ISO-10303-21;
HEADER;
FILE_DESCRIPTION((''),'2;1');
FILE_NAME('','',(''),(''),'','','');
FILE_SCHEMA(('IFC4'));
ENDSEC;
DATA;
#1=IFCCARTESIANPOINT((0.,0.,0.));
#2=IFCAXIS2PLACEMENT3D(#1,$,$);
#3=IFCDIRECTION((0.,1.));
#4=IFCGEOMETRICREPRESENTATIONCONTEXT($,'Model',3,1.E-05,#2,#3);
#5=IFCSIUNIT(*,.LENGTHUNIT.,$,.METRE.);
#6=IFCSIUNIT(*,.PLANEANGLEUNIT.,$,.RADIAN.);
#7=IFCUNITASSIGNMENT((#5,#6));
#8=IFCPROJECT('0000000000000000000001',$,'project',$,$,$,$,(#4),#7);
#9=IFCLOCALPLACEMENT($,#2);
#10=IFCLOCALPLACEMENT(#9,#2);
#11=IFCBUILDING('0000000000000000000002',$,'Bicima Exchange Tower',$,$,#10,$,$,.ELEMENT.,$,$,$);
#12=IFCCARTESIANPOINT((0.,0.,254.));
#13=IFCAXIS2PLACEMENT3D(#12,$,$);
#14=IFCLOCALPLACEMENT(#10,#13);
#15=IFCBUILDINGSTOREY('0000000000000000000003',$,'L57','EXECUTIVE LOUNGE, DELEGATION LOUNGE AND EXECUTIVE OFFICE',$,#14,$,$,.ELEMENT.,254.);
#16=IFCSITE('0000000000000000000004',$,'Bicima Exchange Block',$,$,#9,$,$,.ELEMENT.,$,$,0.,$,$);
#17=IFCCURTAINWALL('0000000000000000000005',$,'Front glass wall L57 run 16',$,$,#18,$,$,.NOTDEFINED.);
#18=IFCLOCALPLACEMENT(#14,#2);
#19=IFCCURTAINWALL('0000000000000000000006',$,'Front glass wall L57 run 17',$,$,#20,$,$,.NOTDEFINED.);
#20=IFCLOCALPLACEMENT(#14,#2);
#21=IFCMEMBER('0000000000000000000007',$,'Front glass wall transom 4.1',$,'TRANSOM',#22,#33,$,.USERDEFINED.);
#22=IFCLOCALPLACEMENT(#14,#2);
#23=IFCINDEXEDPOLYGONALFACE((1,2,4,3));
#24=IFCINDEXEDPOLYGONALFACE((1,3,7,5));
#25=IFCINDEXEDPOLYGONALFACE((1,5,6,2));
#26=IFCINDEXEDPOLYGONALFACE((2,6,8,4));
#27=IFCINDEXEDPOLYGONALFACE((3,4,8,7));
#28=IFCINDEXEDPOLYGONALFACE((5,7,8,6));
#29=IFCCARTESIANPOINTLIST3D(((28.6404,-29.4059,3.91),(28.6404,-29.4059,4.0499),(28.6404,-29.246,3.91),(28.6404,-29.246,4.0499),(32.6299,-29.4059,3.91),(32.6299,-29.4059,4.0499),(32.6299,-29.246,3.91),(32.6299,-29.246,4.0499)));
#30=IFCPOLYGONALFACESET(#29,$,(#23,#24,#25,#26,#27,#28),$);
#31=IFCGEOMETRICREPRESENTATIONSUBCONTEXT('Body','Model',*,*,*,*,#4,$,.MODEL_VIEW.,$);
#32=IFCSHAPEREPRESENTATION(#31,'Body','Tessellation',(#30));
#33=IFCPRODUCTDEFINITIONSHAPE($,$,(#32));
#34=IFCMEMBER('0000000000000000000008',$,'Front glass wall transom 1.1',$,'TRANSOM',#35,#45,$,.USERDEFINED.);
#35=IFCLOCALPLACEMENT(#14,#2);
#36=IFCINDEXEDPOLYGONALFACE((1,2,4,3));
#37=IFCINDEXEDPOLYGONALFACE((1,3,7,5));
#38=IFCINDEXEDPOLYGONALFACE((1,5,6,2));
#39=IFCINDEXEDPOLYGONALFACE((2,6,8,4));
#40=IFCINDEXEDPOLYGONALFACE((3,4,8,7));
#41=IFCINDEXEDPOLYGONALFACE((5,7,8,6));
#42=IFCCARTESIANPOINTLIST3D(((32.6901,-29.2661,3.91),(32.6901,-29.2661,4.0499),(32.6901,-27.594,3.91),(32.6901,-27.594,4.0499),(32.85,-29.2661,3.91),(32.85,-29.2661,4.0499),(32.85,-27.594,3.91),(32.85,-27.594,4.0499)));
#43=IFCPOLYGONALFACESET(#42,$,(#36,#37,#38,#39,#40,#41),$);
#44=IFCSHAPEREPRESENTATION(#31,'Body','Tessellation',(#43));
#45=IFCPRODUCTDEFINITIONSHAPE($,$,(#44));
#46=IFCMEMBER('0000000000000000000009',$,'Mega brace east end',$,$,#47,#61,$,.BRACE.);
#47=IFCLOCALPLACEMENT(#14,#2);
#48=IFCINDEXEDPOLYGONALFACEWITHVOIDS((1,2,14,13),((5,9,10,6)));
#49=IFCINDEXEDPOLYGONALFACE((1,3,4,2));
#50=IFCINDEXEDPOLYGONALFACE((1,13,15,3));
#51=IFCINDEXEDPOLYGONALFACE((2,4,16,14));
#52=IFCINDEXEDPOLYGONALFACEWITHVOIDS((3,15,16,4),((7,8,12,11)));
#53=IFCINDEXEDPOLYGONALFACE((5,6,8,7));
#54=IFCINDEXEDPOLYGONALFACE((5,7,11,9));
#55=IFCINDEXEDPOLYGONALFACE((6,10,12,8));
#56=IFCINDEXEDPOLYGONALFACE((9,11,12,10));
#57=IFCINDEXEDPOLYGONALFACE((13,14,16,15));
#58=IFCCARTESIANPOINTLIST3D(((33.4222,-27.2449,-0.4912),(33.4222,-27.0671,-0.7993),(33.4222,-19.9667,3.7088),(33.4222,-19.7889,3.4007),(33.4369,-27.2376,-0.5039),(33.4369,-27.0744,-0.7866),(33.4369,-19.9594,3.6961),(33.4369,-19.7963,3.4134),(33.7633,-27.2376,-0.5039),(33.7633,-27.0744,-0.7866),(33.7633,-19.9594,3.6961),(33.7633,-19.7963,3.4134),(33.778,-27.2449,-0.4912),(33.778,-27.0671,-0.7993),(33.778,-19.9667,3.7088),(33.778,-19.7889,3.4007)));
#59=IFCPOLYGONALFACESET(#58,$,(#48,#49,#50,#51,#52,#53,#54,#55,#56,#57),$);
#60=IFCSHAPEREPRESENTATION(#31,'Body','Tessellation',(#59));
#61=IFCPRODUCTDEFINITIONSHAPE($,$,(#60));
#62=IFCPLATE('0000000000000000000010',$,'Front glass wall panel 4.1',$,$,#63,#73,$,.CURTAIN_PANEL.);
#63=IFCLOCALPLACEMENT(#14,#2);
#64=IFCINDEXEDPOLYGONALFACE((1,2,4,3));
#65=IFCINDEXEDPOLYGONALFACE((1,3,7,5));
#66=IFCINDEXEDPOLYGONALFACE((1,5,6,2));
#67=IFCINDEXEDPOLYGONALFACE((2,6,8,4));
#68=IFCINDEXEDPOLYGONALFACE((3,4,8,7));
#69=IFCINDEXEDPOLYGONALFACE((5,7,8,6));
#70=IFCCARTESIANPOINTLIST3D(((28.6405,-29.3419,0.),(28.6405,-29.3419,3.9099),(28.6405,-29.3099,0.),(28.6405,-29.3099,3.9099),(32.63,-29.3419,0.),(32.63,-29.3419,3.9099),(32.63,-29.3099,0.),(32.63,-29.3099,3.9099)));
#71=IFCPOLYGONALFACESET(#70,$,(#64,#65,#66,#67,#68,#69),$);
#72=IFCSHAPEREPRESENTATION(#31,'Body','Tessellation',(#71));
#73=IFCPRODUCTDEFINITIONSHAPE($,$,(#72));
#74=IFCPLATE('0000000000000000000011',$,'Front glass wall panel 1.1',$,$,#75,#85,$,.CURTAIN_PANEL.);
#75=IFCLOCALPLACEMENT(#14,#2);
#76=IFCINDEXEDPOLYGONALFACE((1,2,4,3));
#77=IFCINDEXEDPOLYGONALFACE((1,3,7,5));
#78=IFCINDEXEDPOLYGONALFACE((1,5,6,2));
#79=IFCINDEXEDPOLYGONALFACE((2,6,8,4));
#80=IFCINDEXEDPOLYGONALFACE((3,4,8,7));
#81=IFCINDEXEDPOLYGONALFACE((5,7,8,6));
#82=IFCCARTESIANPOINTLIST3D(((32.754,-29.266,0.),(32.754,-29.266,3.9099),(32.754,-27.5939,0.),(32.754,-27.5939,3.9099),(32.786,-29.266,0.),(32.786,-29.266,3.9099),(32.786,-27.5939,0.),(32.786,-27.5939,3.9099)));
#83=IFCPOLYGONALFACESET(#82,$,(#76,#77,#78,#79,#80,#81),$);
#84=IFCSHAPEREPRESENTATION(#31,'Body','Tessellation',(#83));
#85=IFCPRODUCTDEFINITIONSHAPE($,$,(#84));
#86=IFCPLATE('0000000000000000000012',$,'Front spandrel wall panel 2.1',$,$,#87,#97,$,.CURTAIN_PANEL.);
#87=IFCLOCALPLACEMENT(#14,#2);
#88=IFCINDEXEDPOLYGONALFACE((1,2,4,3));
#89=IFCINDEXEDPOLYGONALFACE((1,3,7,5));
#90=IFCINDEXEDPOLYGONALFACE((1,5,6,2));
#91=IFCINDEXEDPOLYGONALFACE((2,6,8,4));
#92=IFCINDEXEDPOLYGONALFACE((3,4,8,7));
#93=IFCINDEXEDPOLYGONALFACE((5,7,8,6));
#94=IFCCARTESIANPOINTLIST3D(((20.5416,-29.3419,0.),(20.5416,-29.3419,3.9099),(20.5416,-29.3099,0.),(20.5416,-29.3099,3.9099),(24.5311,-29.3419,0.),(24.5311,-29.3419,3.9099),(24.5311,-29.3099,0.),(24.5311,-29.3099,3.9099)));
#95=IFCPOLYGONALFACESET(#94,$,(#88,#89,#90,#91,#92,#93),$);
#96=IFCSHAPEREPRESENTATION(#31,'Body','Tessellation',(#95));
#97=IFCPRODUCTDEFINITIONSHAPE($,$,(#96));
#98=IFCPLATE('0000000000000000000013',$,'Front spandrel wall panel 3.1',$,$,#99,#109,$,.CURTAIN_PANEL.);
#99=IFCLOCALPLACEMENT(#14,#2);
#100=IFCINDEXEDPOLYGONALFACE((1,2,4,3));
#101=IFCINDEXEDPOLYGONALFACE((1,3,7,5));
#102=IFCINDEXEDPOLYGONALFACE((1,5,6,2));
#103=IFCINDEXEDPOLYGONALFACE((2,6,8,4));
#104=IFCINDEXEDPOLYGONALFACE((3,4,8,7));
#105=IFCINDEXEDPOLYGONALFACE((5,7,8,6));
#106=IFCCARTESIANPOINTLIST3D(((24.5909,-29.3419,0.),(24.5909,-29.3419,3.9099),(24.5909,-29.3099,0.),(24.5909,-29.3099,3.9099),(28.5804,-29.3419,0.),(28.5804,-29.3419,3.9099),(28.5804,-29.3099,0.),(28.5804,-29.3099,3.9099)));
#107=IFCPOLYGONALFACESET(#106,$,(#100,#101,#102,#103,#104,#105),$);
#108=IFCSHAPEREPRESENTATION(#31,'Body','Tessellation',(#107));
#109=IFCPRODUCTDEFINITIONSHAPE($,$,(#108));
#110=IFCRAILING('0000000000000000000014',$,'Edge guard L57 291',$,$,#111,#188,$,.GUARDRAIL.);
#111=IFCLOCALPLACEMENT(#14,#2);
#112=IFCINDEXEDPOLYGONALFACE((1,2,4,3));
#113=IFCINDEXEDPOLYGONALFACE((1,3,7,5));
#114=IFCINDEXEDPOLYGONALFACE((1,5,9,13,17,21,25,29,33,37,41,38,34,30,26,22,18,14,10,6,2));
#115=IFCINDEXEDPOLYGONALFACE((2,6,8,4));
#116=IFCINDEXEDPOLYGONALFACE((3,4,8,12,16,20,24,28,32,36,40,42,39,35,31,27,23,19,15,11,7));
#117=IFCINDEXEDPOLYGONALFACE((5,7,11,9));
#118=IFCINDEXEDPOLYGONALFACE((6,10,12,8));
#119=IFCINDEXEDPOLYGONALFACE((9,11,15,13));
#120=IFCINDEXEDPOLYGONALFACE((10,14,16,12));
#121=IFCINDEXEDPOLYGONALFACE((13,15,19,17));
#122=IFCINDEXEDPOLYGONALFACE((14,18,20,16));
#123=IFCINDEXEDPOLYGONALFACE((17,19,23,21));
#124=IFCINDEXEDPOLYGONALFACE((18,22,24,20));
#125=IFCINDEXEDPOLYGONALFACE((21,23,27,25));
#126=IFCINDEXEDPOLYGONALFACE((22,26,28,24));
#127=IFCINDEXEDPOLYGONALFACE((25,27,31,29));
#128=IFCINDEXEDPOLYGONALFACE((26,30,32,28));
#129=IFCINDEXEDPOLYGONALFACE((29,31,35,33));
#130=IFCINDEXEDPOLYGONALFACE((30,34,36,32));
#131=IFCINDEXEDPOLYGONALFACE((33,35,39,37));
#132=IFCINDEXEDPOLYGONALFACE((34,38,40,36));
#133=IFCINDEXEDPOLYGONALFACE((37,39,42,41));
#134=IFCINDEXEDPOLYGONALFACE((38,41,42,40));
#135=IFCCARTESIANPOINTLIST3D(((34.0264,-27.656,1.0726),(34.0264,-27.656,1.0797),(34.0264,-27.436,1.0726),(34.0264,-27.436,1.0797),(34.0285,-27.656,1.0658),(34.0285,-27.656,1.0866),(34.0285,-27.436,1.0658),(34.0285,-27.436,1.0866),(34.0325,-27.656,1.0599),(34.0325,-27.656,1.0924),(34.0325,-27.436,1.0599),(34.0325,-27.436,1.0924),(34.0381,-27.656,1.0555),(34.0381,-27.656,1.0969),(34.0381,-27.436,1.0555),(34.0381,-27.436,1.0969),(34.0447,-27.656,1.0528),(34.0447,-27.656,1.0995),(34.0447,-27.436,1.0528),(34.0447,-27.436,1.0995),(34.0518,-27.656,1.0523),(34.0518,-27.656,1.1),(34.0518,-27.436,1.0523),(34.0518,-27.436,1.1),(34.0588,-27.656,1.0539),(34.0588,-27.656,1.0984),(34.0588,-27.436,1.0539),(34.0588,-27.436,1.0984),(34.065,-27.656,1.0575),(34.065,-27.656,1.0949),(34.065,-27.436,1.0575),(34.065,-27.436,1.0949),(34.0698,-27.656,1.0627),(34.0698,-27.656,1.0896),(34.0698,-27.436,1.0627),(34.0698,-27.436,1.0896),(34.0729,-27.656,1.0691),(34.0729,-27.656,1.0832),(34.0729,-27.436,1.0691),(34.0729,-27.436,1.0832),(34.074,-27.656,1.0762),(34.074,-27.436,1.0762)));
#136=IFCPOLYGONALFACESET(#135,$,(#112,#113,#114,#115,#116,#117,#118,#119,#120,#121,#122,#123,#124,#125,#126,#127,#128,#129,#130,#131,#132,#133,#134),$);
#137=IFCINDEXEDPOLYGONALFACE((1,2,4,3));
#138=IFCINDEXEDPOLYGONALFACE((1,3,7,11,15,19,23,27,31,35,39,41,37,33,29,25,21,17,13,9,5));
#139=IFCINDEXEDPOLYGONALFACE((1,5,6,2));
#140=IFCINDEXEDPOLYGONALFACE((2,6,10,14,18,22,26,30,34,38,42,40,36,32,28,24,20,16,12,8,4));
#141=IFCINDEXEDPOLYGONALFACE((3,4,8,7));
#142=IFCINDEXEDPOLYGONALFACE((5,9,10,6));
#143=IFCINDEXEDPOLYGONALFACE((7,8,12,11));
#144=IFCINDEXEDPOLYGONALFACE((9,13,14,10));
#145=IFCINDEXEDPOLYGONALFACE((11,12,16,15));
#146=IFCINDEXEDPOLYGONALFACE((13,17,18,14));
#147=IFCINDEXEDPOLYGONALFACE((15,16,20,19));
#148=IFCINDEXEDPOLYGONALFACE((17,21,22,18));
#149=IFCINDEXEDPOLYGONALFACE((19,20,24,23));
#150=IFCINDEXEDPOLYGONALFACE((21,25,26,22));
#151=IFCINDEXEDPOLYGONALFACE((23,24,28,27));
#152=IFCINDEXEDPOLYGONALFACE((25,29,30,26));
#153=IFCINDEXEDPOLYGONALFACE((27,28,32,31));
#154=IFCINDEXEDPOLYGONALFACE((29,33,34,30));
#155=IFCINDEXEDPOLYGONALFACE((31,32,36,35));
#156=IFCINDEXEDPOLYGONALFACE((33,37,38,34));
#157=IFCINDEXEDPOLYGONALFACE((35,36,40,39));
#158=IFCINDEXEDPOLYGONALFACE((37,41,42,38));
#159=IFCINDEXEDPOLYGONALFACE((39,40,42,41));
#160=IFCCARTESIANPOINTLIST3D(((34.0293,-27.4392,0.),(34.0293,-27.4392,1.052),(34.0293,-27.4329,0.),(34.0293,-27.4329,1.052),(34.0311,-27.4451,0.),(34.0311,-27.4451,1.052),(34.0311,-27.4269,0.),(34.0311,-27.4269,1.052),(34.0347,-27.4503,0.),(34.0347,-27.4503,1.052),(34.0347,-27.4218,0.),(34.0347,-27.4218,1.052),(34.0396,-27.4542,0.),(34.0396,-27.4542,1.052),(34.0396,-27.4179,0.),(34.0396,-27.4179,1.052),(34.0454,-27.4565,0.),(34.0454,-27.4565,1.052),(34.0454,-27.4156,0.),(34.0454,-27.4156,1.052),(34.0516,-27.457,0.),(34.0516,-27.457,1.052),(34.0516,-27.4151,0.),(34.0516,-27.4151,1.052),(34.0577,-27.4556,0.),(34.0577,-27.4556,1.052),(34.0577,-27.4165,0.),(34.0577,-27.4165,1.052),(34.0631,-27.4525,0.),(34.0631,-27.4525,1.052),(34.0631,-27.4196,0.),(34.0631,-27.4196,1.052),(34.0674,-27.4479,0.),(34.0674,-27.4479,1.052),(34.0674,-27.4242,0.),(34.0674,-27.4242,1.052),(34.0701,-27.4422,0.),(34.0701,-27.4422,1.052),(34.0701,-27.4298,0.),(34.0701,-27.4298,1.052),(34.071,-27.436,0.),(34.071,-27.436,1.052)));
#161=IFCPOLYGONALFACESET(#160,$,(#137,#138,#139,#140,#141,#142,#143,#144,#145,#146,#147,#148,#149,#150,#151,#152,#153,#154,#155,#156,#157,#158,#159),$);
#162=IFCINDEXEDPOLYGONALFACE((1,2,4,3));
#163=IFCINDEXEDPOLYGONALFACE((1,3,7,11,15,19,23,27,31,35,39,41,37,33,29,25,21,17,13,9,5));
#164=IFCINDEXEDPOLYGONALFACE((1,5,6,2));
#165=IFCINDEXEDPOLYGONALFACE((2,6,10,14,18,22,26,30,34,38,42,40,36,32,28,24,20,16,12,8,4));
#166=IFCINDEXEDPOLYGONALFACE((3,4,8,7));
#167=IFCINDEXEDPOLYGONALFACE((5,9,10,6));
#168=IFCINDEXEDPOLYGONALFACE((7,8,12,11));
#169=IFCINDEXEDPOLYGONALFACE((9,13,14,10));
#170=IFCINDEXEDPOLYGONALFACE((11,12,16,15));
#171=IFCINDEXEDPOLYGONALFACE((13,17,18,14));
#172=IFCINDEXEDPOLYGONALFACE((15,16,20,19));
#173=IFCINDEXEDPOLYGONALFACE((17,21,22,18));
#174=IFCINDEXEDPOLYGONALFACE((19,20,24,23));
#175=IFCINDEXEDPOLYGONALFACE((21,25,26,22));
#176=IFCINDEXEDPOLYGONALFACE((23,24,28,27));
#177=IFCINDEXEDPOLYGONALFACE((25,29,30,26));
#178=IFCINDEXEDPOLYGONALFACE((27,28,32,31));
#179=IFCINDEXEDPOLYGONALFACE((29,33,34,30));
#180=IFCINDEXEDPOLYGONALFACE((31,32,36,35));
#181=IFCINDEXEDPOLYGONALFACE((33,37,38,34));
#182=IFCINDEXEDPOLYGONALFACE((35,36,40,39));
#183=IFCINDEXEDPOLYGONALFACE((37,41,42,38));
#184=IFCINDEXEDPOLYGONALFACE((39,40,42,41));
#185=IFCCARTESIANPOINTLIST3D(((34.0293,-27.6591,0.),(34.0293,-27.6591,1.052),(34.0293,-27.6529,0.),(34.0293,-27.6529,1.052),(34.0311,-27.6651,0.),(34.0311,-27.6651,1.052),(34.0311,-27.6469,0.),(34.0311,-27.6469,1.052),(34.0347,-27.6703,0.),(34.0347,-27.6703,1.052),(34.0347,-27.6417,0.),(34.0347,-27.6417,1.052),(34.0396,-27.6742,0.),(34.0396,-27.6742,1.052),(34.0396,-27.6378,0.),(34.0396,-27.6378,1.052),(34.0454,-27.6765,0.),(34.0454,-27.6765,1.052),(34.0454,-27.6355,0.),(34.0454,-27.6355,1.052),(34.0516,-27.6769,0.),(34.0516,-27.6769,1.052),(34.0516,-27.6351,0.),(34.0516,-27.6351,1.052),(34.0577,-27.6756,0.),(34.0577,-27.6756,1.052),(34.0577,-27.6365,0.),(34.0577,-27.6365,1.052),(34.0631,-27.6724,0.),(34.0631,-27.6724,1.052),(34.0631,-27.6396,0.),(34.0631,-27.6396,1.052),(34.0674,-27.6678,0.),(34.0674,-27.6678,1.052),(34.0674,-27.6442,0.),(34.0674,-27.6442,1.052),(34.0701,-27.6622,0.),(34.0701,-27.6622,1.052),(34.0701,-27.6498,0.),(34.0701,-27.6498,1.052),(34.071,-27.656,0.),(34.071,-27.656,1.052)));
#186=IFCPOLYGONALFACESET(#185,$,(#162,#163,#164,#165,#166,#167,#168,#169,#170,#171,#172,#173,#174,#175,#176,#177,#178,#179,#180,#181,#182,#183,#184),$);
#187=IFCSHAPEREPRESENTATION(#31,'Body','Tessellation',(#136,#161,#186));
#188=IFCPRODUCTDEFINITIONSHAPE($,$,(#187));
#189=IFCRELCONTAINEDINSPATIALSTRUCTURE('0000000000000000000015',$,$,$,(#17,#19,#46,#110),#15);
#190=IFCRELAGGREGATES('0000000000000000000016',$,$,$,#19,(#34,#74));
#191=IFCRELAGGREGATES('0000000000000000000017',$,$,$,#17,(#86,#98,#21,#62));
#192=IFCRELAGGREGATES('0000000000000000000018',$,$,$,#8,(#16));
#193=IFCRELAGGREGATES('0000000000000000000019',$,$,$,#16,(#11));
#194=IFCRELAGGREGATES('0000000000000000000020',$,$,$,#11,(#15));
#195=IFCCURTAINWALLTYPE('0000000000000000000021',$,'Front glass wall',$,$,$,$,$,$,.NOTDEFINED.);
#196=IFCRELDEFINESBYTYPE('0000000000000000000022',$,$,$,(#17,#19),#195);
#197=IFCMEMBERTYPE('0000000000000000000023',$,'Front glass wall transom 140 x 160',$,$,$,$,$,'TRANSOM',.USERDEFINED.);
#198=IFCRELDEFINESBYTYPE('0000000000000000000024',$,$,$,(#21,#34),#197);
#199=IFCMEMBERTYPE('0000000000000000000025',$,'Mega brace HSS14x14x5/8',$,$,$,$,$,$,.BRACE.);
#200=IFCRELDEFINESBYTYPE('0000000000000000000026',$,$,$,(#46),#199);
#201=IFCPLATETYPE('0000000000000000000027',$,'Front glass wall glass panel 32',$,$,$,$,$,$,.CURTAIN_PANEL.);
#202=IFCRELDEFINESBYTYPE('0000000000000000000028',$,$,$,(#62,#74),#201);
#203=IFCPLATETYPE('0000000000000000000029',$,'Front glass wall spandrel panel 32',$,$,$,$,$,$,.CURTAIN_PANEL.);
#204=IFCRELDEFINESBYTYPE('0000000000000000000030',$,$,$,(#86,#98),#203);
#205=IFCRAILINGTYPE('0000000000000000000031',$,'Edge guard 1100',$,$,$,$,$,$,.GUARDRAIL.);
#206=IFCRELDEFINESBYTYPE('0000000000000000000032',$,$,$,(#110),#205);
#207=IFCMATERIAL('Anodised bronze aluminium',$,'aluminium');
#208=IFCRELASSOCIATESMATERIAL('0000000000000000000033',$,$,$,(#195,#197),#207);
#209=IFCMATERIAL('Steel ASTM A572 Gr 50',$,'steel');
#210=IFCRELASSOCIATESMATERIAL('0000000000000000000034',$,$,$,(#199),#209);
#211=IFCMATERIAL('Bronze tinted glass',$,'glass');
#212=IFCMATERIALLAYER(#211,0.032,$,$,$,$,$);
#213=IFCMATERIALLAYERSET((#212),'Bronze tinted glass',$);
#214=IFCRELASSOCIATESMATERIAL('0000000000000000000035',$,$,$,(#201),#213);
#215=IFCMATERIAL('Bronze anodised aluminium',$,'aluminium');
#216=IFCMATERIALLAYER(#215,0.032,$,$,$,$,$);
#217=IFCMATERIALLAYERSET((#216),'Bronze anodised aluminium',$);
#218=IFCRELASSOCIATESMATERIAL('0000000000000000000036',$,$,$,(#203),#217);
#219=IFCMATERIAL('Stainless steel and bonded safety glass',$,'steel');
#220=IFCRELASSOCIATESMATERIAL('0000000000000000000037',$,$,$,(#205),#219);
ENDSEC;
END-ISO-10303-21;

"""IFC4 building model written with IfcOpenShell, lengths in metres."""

from ifc_helpers import new_model, si_unit, direction, frame, origin, origin_2d, place, context, subcontext, project, spatial, rectangle, hollow_rectangle, circle, extrude, material, layer, layer_set, material_profile, profile_set, type_object, element, aggregate, save


model = new_model("IFC4")

# Units and contexts
model_context = context("Model", 3, precision=1e-05, world=origin(), true_north=direction((0.0, 1.0)))
body_context = subcontext(model_context, "Body", "Model", "MODEL_VIEW")
ifc_project = project(units=[si_unit("LENGTHUNIT", "METRE"), si_unit("PLANEANGLEUNIT", "RADIAN")], contexts=[model_context])

# Site, building, storey
site_placement = place(None, origin())
site = spatial("IfcSite", under=ifc_project, at=site_placement, Name="Bicima Exchange Block", CompositionType="ELEMENT", RefElevation=0.0)
building_placement = place(site_placement, origin())
building = spatial("IfcBuilding", under=site, at=building_placement, Name="Bicima Exchange Tower", CompositionType="ELEMENT")
storey_placement = place(building_placement, frame((0.0, 0.0, 254.0)))
storey = spatial("IfcBuildingStorey", under=building, at=storey_placement, Name="L57", Description="EXECUTIVE LOUNGE, DELEGATION LOUNGE AND EXECUTIVE OFFICE", CompositionType="ELEMENT", Elevation=254.0)

# Shared definitions
ifc_material_1 = material(Name="Steel ASTM A572 Gr 50", Category="steel")

# Curtain walls
ifc_material_2 = material(Name="Anodised bronze aluminium", Category="aluminium")
curtain_wall_type = type_object("IfcCurtainWallType", Name="Front glass wall", PredefinedType="NOTDEFINED", material=ifc_material_2)
curtain_wall_1_placement = place(storey_placement, origin())
curtain_wall_1 = element("IfcCurtainWall", 1, at=curtain_wall_1_placement, inside=storey, type_object=curtain_wall_type, Name="Front glass wall L57 run 16", PredefinedType="NOTDEFINED")
curtain_wall_2_placement = place(storey_placement, origin())
curtain_wall_2 = element("IfcCurtainWall", 2, at=curtain_wall_2_placement, inside=storey, type_object=curtain_wall_type, Name="Front glass wall L57 run 17", PredefinedType="NOTDEFINED")

# Members
ifc_material_profile_1 = material_profile(ifc_material_2, rectangle(XDim=0.1599, YDim=0.1399, at=origin_2d()))
ifc_profile_set_1 = profile_set([ifc_material_profile_1], Name="Anodised bronze aluminium")
member_type_1 = type_object("IfcMemberType", Name="Front glass wall transom 140 x 160", ElementType="TRANSOM", PredefinedType="USERDEFINED", material=ifc_profile_set_1)
member_1_placement = place(storey_placement, frame((28.6404, -29.3259, 3.98), z_axis=(1.0, 0.0, 0.0), x_axis=(0.0, 1.0, 0.0)))
member_1 = element("IfcMember", 3, at=member_1_placement, type_object=member_type_1, Name="Front glass wall transom 4.1", ObjectType="TRANSOM", PredefinedType="USERDEFINED", context=body_context, shape_type="SweptSolid", body=[
    extrude(rectangle(XDim=0.1599, YDim=0.1399, at=origin_2d()), origin(), (0.0, 0.0, 1.0), 3.9895),
])
member_2_placement = place(storey_placement, frame((32.77, -29.2661, 3.98), z_axis=(0.0, 1.0, 0.0), x_axis=(-1.0, 0.0, 0.0)))
member_2 = element("IfcMember", 4, at=member_2_placement, type_object=member_type_1, Name="Front glass wall transom 1.1", ObjectType="TRANSOM", PredefinedType="USERDEFINED", context=body_context, shape_type="SweptSolid", body=[
    extrude(rectangle(XDim=0.1599, YDim=0.1399, at=origin_2d()), origin(), (0.0, 0.0, 1.0), 1.6721),
])
ifc_material_profile_2 = material_profile(ifc_material_1, hollow_rectangle(XDim=0.3557, YDim=0.3557, WallThickness=0.0146, at=origin_2d()))
ifc_profile_set_2 = profile_set([ifc_material_profile_2], Name="Steel ASTM A572 Gr 50")
member_type_2 = type_object("IfcMemberType", Name="Mega brace HSS14x14x5/8", PredefinedType="BRACE", material=ifc_profile_set_2)
member_3_placement = place(storey_placement, frame((33.6001, -27.156, -0.6453), z_axis=(0.0, 0.866131, 0.499817), x_axis=(-1.0, 0.0, 0.0)))
element("IfcMember", 5, at=member_3_placement, inside=storey, type_object=member_type_2, Name="Mega brace east end", PredefinedType="BRACE", context=body_context, shape_type="SweptSolid", body=[
    extrude(hollow_rectangle(XDim=0.3557, YDim=0.3557, WallThickness=0.0146, at=origin_2d()), origin(), (0.0, 0.0, 1.0), 8.4031),
])

# Plates
ifc_material_3 = material(Name="Bronze tinted glass", Category="glass")
ifc_layer_1 = layer(ifc_material_3, 0.032)
ifc_layer_set_1 = layer_set([ifc_layer_1], Name="Bronze tinted glass")
plate_type_1 = type_object("IfcPlateType", Name="Front glass wall glass panel 32", PredefinedType="CURTAIN_PANEL", material=ifc_layer_set_1)
plate_1_placement = place(storey_placement, frame((30.6353, -29.3259, 0.0), z_axis=(0.0, 0.0, 1.0), x_axis=(1.0, 0.0, 0.0)))
plate_1 = element("IfcPlate", 6, at=plate_1_placement, type_object=plate_type_1, Name="Front glass wall panel 4.1", PredefinedType="CURTAIN_PANEL", context=body_context, shape_type="SweptSolid", body=[
    extrude(rectangle(XDim=3.9895, YDim=0.032, at=origin_2d()), origin(), (0.0, 0.0, 1.0), 3.9099),
])
plate_2_placement = place(storey_placement, frame((32.77, -28.4299, 0.0), z_axis=(0.0, 0.0, 1.0), x_axis=(0.0, 1.0, 0.0)))
plate_2 = element("IfcPlate", 7, at=plate_2_placement, type_object=plate_type_1, Name="Front glass wall panel 1.1", PredefinedType="CURTAIN_PANEL", context=body_context, shape_type="SweptSolid", body=[
    extrude(rectangle(XDim=1.6721, YDim=0.032, at=origin_2d()), origin(), (0.0, 0.0, 1.0), 3.9099),
])
aggregate(curtain_wall_2, [member_2, plate_2])
ifc_material_4 = material(Name="Bronze anodised aluminium", Category="aluminium")
ifc_layer_2 = layer(ifc_material_4, 0.032)
ifc_layer_set_2 = layer_set([ifc_layer_2], Name="Bronze anodised aluminium")
plate_type_2 = type_object("IfcPlateType", Name="Front glass wall spandrel panel 32", PredefinedType="CURTAIN_PANEL", material=ifc_layer_set_2)
plate_3_placement = place(storey_placement, frame((22.5364, -29.3259, 0.0), z_axis=(0.0, 0.0, 1.0), x_axis=(1.0, 0.0, 0.0)))
plate_3 = element("IfcPlate", 8, at=plate_3_placement, type_object=plate_type_2, Name="Front spandrel wall panel 2.1", PredefinedType="CURTAIN_PANEL", context=body_context, shape_type="SweptSolid", body=[
    extrude(rectangle(XDim=3.9895, YDim=0.032, at=origin_2d()), origin(), (0.0, 0.0, 1.0), 3.9099),
])
plate_4_placement = place(storey_placement, frame((26.5857, -29.3259, 0.0), z_axis=(0.0, 0.0, 1.0), x_axis=(1.0, 0.0, 0.0)))
plate_4 = element("IfcPlate", 9, at=plate_4_placement, type_object=plate_type_2, Name="Front spandrel wall panel 3.1", PredefinedType="CURTAIN_PANEL", context=body_context, shape_type="SweptSolid", body=[
    extrude(rectangle(XDim=3.9895, YDim=0.032, at=origin_2d()), origin(), (0.0, 0.0, 1.0), 3.9099),
])
aggregate(curtain_wall_1, [plate_3, plate_4, member_1, plate_1])

# Railing
ifc_material_5 = material(Name="Stainless steel and bonded safety glass", Category="steel")
railing_type = type_object("IfcRailingType", Name="Edge guard 1100", PredefinedType="GUARDRAIL", material=ifc_material_5)
railing_1_placement = place(storey_placement, frame((34.05, -27.436, 0.0)))
element("IfcRailing", 10, at=railing_1_placement, inside=storey, type_object=railing_type, Name="Edge guard L57 291", PredefinedType="GUARDRAIL", context=body_context, shape_type="SweptSolid", body=[
    extrude(circle(Radius=0.0239, at=origin_2d()), frame((0.0, 0.0, 1.0762), z_axis=(0.0, -1.0, 0.0), x_axis=(1.0, 0.0, 0.0)), (0.0, 0.0, 1.0), 0.22),
    extrude(circle(Radius=0.021, at=origin_2d()), origin(), (0.0, 0.0, 1.0), 1.052),
    extrude(circle(Radius=0.021, at=origin_2d()), frame((0.0, -0.22, 0.0)), (0.0, 0.0, 1.0), 1.052),
])

save(model, "model.ifc")
